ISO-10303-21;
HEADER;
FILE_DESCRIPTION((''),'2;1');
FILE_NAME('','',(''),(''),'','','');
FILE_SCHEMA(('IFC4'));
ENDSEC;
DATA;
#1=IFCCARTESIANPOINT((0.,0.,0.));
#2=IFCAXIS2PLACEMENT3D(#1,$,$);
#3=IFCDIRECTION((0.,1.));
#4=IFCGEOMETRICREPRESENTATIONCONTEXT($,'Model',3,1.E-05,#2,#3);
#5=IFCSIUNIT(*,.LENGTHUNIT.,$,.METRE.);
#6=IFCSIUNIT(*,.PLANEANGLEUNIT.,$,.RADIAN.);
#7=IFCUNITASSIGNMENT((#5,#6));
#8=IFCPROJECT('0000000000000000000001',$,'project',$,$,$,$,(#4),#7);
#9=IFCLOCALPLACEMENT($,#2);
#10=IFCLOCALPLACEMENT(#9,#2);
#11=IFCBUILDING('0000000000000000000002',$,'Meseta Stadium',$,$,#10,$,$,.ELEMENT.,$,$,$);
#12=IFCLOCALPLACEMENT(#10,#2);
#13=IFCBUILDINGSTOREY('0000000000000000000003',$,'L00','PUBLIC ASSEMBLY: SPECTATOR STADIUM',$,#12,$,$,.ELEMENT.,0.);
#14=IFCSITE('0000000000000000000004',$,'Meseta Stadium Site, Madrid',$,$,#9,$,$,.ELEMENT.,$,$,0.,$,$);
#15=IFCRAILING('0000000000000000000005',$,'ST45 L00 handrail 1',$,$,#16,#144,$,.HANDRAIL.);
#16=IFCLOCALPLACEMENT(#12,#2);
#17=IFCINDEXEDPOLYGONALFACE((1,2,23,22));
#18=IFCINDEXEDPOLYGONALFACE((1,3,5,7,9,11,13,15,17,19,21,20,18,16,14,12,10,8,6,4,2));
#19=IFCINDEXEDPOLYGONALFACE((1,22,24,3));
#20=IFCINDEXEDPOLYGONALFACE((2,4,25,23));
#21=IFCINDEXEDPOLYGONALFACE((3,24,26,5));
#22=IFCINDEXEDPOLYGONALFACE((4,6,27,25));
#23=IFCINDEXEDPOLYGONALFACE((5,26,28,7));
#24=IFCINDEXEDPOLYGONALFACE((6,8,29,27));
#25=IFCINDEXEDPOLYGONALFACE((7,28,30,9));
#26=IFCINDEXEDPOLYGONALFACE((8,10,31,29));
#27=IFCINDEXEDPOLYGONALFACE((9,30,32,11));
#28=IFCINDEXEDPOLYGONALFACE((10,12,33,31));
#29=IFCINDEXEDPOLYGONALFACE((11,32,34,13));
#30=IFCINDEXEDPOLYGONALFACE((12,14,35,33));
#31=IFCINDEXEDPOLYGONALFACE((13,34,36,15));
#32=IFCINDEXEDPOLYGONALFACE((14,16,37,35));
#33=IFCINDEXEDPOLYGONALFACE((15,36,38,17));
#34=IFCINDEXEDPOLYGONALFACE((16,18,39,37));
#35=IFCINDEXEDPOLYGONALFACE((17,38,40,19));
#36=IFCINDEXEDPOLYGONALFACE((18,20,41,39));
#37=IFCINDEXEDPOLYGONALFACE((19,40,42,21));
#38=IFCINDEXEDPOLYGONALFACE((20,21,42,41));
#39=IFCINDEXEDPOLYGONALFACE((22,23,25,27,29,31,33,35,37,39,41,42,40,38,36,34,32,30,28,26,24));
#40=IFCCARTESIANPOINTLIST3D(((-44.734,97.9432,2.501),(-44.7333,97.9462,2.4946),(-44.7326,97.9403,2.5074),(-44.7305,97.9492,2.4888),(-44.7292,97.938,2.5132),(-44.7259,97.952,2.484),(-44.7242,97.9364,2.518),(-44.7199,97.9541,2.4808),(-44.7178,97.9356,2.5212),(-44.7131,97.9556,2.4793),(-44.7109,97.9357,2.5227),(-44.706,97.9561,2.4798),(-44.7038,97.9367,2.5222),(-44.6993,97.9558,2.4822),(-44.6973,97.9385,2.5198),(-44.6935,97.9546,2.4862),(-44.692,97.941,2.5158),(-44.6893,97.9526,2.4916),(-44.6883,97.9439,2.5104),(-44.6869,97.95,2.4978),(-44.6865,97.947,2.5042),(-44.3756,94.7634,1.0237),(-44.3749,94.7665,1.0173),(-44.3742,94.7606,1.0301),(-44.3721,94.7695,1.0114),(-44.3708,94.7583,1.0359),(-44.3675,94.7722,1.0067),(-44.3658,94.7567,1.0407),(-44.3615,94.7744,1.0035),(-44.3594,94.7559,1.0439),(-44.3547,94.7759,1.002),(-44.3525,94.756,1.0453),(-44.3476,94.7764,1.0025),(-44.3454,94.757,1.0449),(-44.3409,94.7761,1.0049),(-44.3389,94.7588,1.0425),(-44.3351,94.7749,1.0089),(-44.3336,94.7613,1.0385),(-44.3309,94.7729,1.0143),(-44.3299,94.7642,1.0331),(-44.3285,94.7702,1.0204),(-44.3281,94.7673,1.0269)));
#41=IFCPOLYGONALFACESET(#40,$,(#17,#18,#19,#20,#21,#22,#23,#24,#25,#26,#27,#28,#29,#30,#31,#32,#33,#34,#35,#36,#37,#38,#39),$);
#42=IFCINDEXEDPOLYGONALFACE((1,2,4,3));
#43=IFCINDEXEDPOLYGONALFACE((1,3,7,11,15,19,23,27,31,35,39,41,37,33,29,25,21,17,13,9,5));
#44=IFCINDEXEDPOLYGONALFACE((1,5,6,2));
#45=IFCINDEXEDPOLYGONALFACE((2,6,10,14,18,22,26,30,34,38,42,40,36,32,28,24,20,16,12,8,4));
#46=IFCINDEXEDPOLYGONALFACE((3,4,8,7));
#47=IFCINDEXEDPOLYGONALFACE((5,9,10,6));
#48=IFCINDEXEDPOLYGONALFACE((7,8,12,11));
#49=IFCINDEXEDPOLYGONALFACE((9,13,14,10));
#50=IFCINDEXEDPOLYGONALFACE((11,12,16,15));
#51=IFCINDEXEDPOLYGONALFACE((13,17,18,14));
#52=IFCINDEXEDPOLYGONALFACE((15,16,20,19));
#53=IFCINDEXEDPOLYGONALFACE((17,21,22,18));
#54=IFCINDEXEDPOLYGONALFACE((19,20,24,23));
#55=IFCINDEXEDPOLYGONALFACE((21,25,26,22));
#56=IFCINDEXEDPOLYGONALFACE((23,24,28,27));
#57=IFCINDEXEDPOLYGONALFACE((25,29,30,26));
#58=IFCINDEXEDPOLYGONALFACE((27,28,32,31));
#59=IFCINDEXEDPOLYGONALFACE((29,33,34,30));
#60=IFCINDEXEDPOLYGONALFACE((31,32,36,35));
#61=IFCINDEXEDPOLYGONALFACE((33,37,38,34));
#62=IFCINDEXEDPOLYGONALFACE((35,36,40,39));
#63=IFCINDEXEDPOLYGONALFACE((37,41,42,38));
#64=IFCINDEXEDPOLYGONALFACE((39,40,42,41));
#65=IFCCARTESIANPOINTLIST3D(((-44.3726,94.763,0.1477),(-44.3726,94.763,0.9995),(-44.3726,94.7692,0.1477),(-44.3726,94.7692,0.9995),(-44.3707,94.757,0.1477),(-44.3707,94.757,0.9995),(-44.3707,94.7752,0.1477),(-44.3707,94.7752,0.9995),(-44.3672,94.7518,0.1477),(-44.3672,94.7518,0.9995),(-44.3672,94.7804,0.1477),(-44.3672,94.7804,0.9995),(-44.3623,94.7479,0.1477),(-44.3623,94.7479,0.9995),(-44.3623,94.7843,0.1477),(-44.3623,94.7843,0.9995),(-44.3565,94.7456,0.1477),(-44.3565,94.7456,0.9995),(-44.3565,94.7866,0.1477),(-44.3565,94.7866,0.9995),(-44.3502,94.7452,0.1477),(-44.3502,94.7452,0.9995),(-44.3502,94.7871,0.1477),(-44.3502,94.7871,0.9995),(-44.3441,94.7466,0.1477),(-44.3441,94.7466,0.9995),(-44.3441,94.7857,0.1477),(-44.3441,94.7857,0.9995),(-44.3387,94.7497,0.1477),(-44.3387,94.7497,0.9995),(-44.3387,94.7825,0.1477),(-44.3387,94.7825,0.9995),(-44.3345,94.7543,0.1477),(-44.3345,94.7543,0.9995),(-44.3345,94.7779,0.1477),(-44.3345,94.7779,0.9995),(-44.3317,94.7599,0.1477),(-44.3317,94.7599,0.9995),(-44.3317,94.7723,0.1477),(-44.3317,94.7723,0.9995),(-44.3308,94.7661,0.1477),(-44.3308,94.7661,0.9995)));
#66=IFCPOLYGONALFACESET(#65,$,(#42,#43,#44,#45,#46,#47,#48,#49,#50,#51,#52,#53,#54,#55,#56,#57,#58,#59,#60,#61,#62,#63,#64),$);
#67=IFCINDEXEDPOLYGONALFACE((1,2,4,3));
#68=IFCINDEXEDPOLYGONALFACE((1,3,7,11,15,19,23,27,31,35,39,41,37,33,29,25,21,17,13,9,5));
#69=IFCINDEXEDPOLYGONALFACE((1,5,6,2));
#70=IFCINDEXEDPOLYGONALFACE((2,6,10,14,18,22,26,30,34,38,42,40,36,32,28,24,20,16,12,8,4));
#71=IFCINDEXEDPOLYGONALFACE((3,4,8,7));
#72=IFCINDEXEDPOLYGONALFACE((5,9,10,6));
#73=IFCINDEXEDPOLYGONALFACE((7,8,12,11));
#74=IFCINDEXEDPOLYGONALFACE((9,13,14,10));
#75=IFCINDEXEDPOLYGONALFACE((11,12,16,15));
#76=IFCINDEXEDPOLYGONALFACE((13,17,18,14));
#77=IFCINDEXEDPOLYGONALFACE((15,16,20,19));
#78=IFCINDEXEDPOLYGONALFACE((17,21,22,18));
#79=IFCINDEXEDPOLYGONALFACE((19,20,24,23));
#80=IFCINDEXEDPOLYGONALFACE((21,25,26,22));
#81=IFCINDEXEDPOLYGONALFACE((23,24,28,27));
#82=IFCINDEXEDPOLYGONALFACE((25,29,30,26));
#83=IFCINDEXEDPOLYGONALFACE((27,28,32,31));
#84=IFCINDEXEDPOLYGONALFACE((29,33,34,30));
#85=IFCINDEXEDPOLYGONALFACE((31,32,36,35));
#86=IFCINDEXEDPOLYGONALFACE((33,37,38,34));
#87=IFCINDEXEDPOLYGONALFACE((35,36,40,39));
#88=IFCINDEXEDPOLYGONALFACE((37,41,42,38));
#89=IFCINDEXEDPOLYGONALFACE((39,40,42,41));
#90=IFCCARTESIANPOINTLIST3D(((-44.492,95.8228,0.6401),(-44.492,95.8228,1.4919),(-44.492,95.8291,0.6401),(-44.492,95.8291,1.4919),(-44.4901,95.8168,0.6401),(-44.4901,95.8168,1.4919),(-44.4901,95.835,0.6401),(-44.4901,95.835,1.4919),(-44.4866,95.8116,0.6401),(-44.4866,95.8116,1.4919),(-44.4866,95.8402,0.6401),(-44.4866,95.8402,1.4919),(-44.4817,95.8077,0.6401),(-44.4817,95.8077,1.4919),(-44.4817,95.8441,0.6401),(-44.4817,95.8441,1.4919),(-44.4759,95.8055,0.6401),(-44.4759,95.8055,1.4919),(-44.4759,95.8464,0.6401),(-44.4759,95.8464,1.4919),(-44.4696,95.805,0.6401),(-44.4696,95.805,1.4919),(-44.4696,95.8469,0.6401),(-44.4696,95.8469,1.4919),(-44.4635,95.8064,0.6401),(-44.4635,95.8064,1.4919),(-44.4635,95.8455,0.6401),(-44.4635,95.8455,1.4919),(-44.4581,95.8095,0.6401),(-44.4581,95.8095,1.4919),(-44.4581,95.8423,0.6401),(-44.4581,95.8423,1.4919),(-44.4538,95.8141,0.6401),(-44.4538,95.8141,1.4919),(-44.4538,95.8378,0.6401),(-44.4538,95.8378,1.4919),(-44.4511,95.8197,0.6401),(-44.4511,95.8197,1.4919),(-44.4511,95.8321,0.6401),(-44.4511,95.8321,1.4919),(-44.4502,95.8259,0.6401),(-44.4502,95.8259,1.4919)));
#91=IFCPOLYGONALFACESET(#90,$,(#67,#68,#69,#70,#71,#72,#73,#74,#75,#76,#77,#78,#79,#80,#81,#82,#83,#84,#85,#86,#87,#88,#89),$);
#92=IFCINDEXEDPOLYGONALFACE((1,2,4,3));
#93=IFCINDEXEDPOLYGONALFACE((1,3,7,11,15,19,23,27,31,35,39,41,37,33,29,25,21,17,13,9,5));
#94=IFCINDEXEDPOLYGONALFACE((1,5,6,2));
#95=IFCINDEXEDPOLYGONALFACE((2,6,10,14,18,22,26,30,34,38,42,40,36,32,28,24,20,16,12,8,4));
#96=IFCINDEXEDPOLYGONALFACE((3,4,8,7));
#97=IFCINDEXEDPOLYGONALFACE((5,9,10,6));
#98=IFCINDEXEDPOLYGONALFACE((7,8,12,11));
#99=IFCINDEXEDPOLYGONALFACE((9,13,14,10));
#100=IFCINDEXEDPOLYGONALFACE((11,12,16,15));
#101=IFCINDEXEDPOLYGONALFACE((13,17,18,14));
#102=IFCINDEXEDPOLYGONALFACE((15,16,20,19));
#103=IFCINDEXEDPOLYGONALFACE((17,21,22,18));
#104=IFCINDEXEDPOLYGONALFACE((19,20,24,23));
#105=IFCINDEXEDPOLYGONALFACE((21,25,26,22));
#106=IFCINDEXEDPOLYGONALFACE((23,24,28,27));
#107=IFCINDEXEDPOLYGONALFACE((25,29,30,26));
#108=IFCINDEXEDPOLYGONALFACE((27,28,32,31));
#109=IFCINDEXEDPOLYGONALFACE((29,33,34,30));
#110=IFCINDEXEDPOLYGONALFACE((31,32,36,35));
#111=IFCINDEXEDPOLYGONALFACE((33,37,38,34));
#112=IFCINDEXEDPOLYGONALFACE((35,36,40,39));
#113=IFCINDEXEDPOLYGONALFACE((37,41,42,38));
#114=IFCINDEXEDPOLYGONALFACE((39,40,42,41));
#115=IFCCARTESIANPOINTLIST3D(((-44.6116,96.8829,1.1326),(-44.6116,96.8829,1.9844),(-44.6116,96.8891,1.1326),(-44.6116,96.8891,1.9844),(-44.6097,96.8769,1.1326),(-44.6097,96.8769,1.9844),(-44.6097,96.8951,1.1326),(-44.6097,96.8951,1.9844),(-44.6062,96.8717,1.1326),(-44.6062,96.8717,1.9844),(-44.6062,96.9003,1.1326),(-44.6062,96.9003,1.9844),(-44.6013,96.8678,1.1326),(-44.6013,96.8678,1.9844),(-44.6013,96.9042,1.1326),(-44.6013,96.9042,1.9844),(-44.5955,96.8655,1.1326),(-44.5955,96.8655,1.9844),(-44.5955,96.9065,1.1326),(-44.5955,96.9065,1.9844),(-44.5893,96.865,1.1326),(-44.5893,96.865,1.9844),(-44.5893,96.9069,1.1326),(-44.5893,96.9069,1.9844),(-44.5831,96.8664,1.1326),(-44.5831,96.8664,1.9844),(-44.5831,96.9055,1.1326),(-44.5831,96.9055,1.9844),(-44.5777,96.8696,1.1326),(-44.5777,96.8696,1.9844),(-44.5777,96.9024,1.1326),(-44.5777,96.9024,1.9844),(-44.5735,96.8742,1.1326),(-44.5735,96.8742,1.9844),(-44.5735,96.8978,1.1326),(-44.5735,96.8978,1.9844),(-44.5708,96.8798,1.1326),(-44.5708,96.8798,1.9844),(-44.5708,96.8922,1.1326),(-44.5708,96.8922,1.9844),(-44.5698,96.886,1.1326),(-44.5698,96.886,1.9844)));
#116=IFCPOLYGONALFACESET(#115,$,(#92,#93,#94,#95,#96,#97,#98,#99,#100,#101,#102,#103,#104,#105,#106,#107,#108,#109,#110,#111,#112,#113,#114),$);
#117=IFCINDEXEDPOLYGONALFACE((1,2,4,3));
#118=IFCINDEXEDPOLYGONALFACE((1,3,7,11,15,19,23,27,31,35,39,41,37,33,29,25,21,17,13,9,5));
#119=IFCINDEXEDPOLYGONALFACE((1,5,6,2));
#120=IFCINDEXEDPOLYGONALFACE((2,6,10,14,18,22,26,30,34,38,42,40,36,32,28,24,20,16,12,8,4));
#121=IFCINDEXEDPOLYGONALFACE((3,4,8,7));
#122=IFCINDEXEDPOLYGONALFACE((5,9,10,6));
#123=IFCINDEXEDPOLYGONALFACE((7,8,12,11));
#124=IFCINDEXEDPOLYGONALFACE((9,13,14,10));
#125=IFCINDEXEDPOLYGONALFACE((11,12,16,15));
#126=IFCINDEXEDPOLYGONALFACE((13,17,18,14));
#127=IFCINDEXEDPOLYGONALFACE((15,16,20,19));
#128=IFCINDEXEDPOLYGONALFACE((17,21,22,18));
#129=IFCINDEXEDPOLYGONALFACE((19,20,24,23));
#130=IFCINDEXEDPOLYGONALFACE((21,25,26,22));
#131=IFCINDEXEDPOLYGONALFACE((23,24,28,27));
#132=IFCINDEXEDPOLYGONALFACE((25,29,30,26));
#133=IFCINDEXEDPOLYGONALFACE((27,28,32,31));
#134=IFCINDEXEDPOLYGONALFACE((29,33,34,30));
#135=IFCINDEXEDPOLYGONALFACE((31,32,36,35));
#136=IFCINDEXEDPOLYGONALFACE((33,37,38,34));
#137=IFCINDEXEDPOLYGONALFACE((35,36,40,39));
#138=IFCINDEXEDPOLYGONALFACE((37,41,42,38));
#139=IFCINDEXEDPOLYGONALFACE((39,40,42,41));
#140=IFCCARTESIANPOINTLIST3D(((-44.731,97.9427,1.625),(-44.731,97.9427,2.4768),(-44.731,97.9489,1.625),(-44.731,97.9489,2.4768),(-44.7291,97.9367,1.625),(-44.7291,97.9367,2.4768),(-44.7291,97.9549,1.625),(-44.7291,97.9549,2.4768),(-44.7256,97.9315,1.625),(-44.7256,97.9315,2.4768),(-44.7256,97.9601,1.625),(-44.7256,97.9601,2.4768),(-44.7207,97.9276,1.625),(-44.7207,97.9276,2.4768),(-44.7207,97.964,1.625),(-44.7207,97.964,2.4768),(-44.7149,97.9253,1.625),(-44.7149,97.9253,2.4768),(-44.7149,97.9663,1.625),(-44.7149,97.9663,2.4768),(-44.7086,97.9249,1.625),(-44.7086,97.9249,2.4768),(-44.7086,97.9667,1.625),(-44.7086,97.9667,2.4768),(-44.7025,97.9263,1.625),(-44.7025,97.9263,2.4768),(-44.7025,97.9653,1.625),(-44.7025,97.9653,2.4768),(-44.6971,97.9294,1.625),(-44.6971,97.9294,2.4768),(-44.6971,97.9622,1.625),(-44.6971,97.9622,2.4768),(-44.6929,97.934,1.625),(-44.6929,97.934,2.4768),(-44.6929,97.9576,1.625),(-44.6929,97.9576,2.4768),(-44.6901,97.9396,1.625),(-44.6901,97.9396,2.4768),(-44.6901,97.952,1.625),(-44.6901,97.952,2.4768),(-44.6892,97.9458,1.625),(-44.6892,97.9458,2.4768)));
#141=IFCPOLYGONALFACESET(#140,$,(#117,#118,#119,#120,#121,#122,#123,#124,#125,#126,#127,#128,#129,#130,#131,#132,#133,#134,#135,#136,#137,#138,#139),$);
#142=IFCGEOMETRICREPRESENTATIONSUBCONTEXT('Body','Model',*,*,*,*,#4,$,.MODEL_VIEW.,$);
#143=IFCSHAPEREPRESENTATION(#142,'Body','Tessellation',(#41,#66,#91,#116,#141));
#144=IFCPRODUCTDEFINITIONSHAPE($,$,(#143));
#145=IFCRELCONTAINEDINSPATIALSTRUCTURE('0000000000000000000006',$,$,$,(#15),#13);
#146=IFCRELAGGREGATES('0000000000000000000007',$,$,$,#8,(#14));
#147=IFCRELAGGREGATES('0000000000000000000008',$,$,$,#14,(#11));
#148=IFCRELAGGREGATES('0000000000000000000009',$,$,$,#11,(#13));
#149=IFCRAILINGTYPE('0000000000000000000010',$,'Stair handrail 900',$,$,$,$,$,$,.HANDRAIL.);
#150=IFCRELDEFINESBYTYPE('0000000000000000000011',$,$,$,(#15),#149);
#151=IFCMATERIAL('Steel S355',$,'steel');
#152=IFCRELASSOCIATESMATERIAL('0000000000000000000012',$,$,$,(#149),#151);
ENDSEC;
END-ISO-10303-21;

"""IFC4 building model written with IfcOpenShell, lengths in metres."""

from ifc_helpers import new_model, si_unit, direction, frame, origin, origin_2d, place, context, subcontext, project, spatial, circle, extrude, material, type_object, element, save


model = new_model("IFC4")

# Units and contexts
model_context = context("Model", 3, precision=1e-05, world=origin(), true_north=direction((0.0, 1.0)))
body_context = subcontext(model_context, "Body", "Model", "MODEL_VIEW")
ifc_project = project(units=[si_unit("LENGTHUNIT", "METRE"), si_unit("PLANEANGLEUNIT", "RADIAN")], contexts=[model_context])

# Site, building, storey
site_placement = place(None, origin())
site = spatial("IfcSite", under=ifc_project, at=site_placement, Name="Meseta Stadium Site, Madrid", CompositionType="ELEMENT", RefElevation=0.0)
building_placement = place(site_placement, origin())
building = spatial("IfcBuilding", under=site, at=building_placement, Name="Meseta Stadium", CompositionType="ELEMENT")
storey_placement = place(building_placement, origin())
storey = spatial("IfcBuildingStorey", under=building, at=storey_placement, Name="L00", Description="PUBLIC ASSEMBLY: SPECTATOR STADIUM", CompositionType="ELEMENT", Elevation=0.0)

# Railing
ifc_material_1 = material(Name="Steel S355", Category="steel")
railing_type = type_object("IfcRailingType", Name="Stair handrail 900", PredefinedType="HANDRAIL", material=ifc_material_1)
for number, where, name in (
    (1, (-44.3518, 94.7661, 0.1477), "ST45 L00 handrail 1"),
):
    element("IfcRailing", number, at=place(storey_placement, frame(where)), inside=storey, type_object=railing_type, Name=name, PredefinedType="HANDRAIL", context=body_context, shape_type="SweptSolid", body=[
        extrude(circle(Radius=0.0239, at=origin_2d()), frame((0.0, 0.0, 0.876), z_axis=(-0.101691, 0.902197, 0.419164), x_axis=(-0.993708, -0.112006, 0.0)), (0.0, 0.0, 1.0), 3.5244),
        extrude(circle(Radius=0.021, at=origin_2d()), origin(), (0.0, 0.0, 1.0), 0.8518),
        extrude(circle(Radius=0.021, at=origin_2d()), frame((-0.1194, 1.0598, 0.4924)), (0.0, 0.0, 1.0), 0.8518),
        extrude(circle(Radius=0.021, at=origin_2d()), frame((-0.239, 2.1199, 0.9849)), (0.0, 0.0, 1.0), 0.8518),
        extrude(circle(Radius=0.021, at=origin_2d()), frame((-0.3584, 3.1797, 1.4773)), (0.0, 0.0, 1.0), 0.8518),
    ])

save(model, "model.ifc")
